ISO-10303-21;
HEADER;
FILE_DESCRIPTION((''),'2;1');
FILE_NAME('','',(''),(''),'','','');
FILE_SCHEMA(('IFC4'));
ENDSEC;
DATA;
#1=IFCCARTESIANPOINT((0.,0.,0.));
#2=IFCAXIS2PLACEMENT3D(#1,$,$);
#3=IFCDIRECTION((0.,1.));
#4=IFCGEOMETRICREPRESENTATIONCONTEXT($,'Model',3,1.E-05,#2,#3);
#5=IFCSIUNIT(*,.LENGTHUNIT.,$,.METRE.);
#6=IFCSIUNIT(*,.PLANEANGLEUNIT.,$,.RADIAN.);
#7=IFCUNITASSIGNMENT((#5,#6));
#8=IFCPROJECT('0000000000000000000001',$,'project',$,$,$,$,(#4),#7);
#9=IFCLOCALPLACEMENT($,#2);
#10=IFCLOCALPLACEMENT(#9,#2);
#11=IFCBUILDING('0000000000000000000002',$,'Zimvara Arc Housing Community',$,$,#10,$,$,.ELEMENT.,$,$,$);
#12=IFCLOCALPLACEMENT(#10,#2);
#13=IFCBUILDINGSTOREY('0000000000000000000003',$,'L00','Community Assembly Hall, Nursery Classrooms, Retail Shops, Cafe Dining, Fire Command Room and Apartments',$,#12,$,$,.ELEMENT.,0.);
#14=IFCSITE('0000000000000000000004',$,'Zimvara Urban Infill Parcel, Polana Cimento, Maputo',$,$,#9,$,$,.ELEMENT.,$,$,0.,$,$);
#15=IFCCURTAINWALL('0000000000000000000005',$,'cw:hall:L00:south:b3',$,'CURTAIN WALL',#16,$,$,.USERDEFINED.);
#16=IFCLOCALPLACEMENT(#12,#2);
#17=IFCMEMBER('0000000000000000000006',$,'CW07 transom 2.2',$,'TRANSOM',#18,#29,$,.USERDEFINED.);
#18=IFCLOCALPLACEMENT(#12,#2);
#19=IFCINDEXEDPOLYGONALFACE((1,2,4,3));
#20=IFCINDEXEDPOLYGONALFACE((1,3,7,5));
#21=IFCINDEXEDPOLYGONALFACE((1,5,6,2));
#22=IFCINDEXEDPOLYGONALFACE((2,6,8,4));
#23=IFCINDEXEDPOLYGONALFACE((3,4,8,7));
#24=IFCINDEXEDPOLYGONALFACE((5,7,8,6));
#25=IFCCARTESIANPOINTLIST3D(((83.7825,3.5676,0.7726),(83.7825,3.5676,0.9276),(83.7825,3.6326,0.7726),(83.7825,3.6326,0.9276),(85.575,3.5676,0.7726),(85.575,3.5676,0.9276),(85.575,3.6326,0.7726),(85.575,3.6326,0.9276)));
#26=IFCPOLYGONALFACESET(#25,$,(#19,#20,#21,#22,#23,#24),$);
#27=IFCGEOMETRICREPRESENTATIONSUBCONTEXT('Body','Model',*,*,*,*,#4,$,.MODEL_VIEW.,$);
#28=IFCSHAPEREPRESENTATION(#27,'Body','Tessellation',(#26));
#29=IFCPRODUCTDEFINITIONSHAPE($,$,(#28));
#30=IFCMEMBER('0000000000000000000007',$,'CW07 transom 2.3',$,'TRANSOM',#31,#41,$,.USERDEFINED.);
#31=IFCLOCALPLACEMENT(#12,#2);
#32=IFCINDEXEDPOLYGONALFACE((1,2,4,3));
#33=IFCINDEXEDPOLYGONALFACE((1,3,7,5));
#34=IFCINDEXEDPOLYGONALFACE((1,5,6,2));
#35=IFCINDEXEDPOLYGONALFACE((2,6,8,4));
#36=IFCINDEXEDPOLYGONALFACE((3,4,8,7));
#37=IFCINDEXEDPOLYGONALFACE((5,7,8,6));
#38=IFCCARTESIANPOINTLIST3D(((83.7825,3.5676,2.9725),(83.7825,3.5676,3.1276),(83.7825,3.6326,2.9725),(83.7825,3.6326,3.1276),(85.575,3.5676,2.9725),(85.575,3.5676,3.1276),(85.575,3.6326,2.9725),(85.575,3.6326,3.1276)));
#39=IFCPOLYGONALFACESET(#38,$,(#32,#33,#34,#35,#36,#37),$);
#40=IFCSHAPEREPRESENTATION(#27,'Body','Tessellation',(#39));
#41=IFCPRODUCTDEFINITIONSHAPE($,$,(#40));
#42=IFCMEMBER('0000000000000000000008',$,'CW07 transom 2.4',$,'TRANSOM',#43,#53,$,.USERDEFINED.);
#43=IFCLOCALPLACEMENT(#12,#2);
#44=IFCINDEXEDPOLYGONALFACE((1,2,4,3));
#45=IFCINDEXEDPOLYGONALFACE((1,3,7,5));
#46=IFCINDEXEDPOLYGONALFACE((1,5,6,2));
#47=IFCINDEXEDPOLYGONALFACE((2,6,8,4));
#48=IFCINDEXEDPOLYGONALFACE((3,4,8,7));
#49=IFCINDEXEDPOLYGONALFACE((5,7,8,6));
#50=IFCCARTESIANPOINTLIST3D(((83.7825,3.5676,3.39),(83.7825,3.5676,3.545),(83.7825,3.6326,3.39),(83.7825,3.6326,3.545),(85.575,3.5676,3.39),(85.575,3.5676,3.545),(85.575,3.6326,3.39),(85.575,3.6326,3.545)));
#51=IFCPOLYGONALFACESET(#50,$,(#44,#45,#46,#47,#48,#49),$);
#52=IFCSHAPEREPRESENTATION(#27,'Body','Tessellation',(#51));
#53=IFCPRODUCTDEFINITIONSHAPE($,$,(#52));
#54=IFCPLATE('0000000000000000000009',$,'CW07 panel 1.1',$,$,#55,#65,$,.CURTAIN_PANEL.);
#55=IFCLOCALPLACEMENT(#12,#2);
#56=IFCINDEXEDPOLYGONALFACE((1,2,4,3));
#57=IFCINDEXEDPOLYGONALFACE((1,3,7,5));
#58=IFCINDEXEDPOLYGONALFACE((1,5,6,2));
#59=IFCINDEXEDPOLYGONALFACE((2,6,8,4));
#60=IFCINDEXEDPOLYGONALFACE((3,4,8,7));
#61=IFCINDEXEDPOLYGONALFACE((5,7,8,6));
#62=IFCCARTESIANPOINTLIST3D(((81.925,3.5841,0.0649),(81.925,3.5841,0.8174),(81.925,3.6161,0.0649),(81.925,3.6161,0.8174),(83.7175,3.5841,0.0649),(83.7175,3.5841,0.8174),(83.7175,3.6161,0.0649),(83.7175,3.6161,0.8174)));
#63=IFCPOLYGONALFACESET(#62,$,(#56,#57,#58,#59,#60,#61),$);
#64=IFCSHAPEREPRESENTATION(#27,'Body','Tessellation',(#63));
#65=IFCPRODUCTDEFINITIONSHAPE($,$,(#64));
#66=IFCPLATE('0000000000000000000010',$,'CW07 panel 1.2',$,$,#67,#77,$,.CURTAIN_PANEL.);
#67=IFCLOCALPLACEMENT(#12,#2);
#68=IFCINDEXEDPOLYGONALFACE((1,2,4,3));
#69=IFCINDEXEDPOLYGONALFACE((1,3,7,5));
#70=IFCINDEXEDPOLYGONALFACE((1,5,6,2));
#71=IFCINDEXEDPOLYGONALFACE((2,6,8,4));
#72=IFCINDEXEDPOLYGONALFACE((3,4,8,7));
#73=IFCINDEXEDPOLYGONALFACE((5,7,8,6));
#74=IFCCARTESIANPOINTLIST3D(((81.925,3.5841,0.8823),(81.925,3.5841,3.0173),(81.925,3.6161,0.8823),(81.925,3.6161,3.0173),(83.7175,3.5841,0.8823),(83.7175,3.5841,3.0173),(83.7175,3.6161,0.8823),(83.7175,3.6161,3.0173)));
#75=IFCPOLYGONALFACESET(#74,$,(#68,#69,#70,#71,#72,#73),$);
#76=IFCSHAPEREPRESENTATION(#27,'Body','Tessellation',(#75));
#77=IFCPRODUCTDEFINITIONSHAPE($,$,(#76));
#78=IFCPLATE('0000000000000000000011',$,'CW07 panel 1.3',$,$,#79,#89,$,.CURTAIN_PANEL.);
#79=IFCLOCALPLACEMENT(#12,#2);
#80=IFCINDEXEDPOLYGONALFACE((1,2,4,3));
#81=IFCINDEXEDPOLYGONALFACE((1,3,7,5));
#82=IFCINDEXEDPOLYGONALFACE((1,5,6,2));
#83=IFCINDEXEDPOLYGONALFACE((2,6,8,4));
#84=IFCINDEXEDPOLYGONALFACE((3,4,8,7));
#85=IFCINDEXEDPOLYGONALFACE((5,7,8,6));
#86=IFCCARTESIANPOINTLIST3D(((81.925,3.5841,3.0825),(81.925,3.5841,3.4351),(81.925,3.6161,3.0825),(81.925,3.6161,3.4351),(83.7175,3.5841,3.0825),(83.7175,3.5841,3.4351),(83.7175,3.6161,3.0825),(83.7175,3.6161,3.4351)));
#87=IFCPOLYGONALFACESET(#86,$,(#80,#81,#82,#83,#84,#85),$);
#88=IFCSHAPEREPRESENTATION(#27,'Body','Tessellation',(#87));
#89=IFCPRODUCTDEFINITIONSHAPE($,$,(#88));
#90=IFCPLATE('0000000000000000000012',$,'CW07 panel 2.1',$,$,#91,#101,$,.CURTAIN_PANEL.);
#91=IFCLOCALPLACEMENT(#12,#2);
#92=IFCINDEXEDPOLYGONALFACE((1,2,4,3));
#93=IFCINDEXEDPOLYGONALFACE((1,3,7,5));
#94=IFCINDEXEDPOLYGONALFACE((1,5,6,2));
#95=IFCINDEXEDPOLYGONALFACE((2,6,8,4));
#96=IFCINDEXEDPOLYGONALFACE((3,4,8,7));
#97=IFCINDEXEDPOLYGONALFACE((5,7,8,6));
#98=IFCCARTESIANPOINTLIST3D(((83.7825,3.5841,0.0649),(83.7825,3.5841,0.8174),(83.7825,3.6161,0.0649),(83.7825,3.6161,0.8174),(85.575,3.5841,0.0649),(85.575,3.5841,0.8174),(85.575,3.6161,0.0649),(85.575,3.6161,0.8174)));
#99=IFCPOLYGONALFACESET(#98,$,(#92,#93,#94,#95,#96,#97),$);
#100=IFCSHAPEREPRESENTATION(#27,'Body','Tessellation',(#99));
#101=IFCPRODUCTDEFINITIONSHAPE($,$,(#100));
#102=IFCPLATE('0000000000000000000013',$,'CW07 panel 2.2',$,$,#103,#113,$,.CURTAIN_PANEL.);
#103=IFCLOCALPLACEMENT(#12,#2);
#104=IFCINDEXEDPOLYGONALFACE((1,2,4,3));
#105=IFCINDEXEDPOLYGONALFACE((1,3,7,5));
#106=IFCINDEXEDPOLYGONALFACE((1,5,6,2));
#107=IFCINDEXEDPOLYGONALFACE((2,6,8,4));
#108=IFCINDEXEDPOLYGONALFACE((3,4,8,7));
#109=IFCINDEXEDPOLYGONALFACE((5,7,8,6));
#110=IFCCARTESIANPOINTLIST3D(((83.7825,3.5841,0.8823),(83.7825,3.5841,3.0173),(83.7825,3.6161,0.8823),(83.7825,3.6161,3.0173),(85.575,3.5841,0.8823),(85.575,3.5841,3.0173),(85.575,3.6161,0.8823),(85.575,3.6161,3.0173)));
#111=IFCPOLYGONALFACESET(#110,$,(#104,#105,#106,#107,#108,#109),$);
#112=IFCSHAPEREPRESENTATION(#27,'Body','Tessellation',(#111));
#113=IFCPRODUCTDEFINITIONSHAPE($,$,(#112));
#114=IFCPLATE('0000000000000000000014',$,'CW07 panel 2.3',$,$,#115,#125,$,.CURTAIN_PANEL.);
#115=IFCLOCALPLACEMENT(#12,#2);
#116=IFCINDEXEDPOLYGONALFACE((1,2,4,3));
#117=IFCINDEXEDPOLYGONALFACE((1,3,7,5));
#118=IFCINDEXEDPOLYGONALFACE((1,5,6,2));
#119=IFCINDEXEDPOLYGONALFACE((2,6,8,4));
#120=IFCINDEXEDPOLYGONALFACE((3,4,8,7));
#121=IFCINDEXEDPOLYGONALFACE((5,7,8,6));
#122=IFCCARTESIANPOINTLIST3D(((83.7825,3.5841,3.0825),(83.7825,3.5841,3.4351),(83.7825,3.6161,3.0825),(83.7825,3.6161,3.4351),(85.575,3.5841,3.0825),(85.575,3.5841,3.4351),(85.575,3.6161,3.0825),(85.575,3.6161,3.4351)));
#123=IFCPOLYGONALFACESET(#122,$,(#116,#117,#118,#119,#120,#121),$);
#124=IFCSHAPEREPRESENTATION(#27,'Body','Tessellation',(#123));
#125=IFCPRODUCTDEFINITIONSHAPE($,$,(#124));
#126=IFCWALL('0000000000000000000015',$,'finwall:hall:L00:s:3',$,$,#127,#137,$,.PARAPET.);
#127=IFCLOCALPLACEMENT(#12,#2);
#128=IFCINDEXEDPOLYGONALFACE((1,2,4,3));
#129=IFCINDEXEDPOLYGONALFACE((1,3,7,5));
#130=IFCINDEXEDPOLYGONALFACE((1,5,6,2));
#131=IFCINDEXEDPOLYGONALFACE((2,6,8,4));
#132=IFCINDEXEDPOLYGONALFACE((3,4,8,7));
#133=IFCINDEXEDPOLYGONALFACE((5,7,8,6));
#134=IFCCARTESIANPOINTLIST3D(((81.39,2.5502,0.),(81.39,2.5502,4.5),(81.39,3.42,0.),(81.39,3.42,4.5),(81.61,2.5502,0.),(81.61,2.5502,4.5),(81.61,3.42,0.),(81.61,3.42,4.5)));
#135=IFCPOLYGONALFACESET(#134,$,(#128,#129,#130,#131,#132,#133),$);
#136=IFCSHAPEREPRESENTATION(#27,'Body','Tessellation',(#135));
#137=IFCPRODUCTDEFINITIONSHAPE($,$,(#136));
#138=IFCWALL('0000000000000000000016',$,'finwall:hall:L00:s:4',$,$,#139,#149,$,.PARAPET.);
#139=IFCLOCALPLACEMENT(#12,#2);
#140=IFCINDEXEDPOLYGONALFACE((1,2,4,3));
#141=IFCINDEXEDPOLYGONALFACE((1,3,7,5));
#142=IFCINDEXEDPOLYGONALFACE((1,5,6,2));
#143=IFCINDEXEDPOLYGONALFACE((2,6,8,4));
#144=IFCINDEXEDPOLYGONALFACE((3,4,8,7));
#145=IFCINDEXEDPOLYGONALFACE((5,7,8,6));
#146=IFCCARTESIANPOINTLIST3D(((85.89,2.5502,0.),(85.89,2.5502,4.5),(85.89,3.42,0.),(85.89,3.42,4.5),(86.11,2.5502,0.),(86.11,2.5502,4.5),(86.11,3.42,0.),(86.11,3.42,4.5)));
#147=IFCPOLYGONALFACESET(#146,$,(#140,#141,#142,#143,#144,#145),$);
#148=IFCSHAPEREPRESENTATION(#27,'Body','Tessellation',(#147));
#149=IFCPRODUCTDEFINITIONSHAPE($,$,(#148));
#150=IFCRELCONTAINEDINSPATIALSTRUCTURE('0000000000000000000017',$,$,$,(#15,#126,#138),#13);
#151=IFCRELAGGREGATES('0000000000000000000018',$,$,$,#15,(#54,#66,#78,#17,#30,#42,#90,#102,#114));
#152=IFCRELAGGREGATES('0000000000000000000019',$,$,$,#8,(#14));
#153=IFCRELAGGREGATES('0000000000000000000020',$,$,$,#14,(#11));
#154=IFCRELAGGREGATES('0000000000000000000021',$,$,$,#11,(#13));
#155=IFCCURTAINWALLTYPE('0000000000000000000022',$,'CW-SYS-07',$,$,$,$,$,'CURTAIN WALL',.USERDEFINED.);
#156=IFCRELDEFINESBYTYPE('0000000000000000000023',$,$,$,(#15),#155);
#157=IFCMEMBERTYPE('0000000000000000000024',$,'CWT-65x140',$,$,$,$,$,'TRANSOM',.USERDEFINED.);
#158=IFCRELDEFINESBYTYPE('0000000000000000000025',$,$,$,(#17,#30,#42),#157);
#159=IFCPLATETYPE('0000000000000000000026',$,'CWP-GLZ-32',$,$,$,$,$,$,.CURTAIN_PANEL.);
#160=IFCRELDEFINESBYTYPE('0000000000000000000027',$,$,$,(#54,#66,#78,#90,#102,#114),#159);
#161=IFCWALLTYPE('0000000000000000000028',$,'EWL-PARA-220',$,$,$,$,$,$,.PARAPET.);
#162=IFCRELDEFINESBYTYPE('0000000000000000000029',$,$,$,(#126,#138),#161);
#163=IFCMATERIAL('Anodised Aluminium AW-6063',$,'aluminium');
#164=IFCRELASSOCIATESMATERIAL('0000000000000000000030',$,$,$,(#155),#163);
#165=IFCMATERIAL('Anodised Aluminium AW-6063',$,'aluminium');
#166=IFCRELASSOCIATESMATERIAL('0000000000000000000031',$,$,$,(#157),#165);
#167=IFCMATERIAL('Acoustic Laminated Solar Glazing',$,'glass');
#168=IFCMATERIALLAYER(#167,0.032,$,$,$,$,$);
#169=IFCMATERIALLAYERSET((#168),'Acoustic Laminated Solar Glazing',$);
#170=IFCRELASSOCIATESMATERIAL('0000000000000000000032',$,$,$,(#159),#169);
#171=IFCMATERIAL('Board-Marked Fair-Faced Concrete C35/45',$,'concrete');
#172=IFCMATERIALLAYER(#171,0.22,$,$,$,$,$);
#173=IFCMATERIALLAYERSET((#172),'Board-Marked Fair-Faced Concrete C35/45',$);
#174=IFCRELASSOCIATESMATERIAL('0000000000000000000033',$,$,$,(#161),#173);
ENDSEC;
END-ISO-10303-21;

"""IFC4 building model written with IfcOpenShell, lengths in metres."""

from ifc_helpers import new_model, si_unit, direction, frame, frame_2d, origin, origin_2d, place, context, subcontext, project, spatial, rectangle, extrude, material, layer, layer_set, material_profile, profile_set, type_object, element, aggregate, save


model = new_model("IFC4")

# Units and contexts
model_context = context("Model", 3, precision=1e-05, world=origin(), true_north=direction((0.0, 1.0)))
body_context = subcontext(model_context, "Body", "Model", "MODEL_VIEW")
ifc_project = project(units=[si_unit("LENGTHUNIT", "METRE"), si_unit("PLANEANGLEUNIT", "RADIAN")], contexts=[model_context])

# Site, building, storey
site_placement = place(None, origin())
site = spatial("IfcSite", under=ifc_project, at=site_placement, Name="Zimvara Urban Infill Parcel, Polana Cimento, Maputo", CompositionType="ELEMENT", RefElevation=0.0)
building_placement = place(site_placement, origin())
building = spatial("IfcBuilding", under=site, at=building_placement, Name="Zimvara Arc Housing Community", CompositionType="ELEMENT")
storey_placement = place(building_placement, origin())
storey = spatial("IfcBuildingStorey", under=building, at=storey_placement, Name="L00", Description="Community Assembly Hall, Nursery Classrooms, Retail Shops, Cafe Dining, Fire Command Room and Apartments", CompositionType="ELEMENT", Elevation=0.0)

# Curtain wall, members, plates
ifc_material_1 = material(Name="Anodised Aluminium AW-6063", Category="aluminium")
curtain_wall_type = type_object("IfcCurtainWallType", Name="CW-SYS-07", ElementType="CURTAIN WALL", PredefinedType="USERDEFINED", material=ifc_material_1)
curtain_wall_placement = place(storey_placement, origin())
curtain_wall = element("IfcCurtainWall", 1, at=curtain_wall_placement, inside=storey, type_object=curtain_wall_type, Name="cw:hall:L00:south:b3", ObjectType="CURTAIN WALL", PredefinedType="USERDEFINED")
ifc_material_2 = material(Name="Anodised Aluminium AW-6063", Category="aluminium")
ifc_material_profile_1 = material_profile(ifc_material_2, rectangle(XDim=0.0649, YDim=0.155, at=origin_2d()), Name="ALU 65x155")
ifc_profile_set_1 = profile_set([ifc_material_profile_1], Name="Anodised Aluminium AW-6063")
member_type_1 = type_object("IfcMemberType", Name="CWT-65x140", ElementType="TRANSOM", PredefinedType="USERDEFINED", material=ifc_profile_set_1)
member_1_placement = place(storey_placement, frame((83.7825, 3.6001, 0.8501), z_axis=(1.0, 0.0, 0.0), x_axis=(0.0, 1.0, 0.0)))
member_1 = element("IfcMember", 2, at=member_1_placement, type_object=member_type_1, Name="CW07 transom 2.2", ObjectType="TRANSOM", PredefinedType="USERDEFINED", context=body_context, shape_type="SweptSolid", body=[
    extrude(rectangle(XDim=0.0649, YDim=0.155, at=origin_2d()), origin(), (0.0, 0.0, 1.0), 1.7925),
])
member_2_placement = place(storey_placement, frame((83.7825, 3.6001, 3.05), z_axis=(1.0, 0.0, 0.0), x_axis=(0.0, 1.0, 0.0)))
member_2 = element("IfcMember", 3, at=member_2_placement, type_object=member_type_1, Name="CW07 transom 2.3", ObjectType="TRANSOM", PredefinedType="USERDEFINED", context=body_context, shape_type="SweptSolid", body=[
    extrude(rectangle(XDim=0.0649, YDim=0.155, at=origin_2d()), origin(), (0.0, 0.0, 1.0), 1.7925),
])
member_3_placement = place(storey_placement, frame((83.7825, 3.6001, 3.4675), z_axis=(1.0, 0.0, 0.0), x_axis=(0.0, 1.0, 0.0)))
member_3 = element("IfcMember", 4, at=member_3_placement, type_object=member_type_1, Name="CW07 transom 2.4", ObjectType="TRANSOM", PredefinedType="USERDEFINED", context=body_context, shape_type="SweptSolid", body=[
    extrude(rectangle(XDim=0.0649, YDim=0.155, at=origin_2d()), origin(), (0.0, 0.0, 1.0), 1.7925),
])
ifc_material_3 = material(Name="Acoustic Laminated Solar Glazing", Category="glass")
ifc_layer_1 = layer(ifc_material_3, 0.032)
ifc_layer_set_1 = layer_set([ifc_layer_1], Name="Acoustic Laminated Solar Glazing")
plate_type = type_object("IfcPlateType", Name="CWP-GLZ-32", PredefinedType="CURTAIN_PANEL", material=ifc_layer_set_1)
plate_1_placement = place(storey_placement, frame((82.8213, 3.6001, 0.0649), z_axis=(0.0, 0.0, 1.0), x_axis=(1.0, 0.0, 0.0)))
plate_1 = element("IfcPlate", 5, at=plate_1_placement, type_object=plate_type, Name="CW07 panel 1.1", PredefinedType="CURTAIN_PANEL", context=body_context, shape_type="SweptSolid", body=[
    extrude(rectangle(XDim=1.7925, YDim=0.032, at=origin_2d()), origin(), (0.0, 0.0, 1.0), 0.7524),
])
plate_2_placement = place(storey_placement, frame((82.8213, 3.6001, 0.8823), z_axis=(0.0, 0.0, 1.0), x_axis=(1.0, 0.0, 0.0)))
plate_2 = element("IfcPlate", 6, at=plate_2_placement, type_object=plate_type, Name="CW07 panel 1.2", PredefinedType="CURTAIN_PANEL", context=body_context, shape_type="SweptSolid", body=[
    extrude(rectangle(XDim=1.7925, YDim=0.032, at=origin_2d()), origin(), (0.0, 0.0, 1.0), 2.135),
])
plate_3_placement = place(storey_placement, frame((82.8213, 3.6001, 3.0825), z_axis=(0.0, 0.0, 1.0), x_axis=(1.0, 0.0, 0.0)))
plate_3 = element("IfcPlate", 7, at=plate_3_placement, type_object=plate_type, Name="CW07 panel 1.3", PredefinedType="CURTAIN_PANEL", context=body_context, shape_type="SweptSolid", body=[
    extrude(rectangle(XDim=1.7925, YDim=0.032, at=origin_2d()), origin(), (0.0, 0.0, 1.0), 0.3525),
])
plate_4_placement = place(storey_placement, frame((84.6787, 3.6001, 0.0649), z_axis=(0.0, 0.0, 1.0), x_axis=(1.0, 0.0, 0.0)))
plate_4 = element("IfcPlate", 8, at=plate_4_placement, type_object=plate_type, Name="CW07 panel 2.1", PredefinedType="CURTAIN_PANEL", context=body_context, shape_type="SweptSolid", body=[
    extrude(rectangle(XDim=1.7925, YDim=0.032, at=origin_2d()), origin(), (0.0, 0.0, 1.0), 0.7524),
])
plate_5_placement = place(storey_placement, frame((84.6787, 3.6001, 0.8823), z_axis=(0.0, 0.0, 1.0), x_axis=(1.0, 0.0, 0.0)))
plate_5 = element("IfcPlate", 9, at=plate_5_placement, type_object=plate_type, Name="CW07 panel 2.2", PredefinedType="CURTAIN_PANEL", context=body_context, shape_type="SweptSolid", body=[
    extrude(rectangle(XDim=1.7925, YDim=0.032, at=origin_2d()), origin(), (0.0, 0.0, 1.0), 2.135),
])
plate_6_placement = place(storey_placement, frame((84.6787, 3.6001, 3.0825), z_axis=(0.0, 0.0, 1.0), x_axis=(1.0, 0.0, 0.0)))
plate_6 = element("IfcPlate", 10, at=plate_6_placement, type_object=plate_type, Name="CW07 panel 2.3", PredefinedType="CURTAIN_PANEL", context=body_context, shape_type="SweptSolid", body=[
    extrude(rectangle(XDim=1.7925, YDim=0.032, at=origin_2d()), origin(), (0.0, 0.0, 1.0), 0.3525),
])
aggregate(curtain_wall, [plate_1, plate_2, plate_3, member_1, member_2, member_3, plate_4, plate_5, plate_6])

# Walls
ifc_material_4 = material(Name="Board-Marked Fair-Faced Concrete C35/45", Category="concrete")
ifc_layer_2 = layer(ifc_material_4, 0.22)
ifc_layer_set_2 = layer_set([ifc_layer_2], Name="Board-Marked Fair-Faced Concrete C35/45")
wall_type = type_object("IfcWallType", Name="EWL-PARA-220", PredefinedType="PARAPET", material=ifc_layer_set_2)
for number, where, z_axis, x_axis, name in (
    (11, (81.5, 2.55, 0.0), (0.0, 0.0, 1.0), (0.0, 1.0, 0.0), "finwall:hall:L00:s:3"),
    (12, (86.0, 2.55, 0.0), (0.0, 0.0, 1.0), (0.0, 1.0, 0.0), "finwall:hall:L00:s:4"),
):
    element("IfcWall", number, at=place(storey_placement, frame(where, z_axis=z_axis, x_axis=x_axis)), inside=storey, type_object=wall_type, Name=name, PredefinedType="PARAPET", context=body_context, shape_type="SweptSolid", body=[
        extrude(rectangle(XDim=0.8699, YDim=0.22, at=frame_2d((0.4351, 0.0))), origin(), (0.0, 0.0, 1.0), 4.5),
    ])

save(model, "model.ifc")
